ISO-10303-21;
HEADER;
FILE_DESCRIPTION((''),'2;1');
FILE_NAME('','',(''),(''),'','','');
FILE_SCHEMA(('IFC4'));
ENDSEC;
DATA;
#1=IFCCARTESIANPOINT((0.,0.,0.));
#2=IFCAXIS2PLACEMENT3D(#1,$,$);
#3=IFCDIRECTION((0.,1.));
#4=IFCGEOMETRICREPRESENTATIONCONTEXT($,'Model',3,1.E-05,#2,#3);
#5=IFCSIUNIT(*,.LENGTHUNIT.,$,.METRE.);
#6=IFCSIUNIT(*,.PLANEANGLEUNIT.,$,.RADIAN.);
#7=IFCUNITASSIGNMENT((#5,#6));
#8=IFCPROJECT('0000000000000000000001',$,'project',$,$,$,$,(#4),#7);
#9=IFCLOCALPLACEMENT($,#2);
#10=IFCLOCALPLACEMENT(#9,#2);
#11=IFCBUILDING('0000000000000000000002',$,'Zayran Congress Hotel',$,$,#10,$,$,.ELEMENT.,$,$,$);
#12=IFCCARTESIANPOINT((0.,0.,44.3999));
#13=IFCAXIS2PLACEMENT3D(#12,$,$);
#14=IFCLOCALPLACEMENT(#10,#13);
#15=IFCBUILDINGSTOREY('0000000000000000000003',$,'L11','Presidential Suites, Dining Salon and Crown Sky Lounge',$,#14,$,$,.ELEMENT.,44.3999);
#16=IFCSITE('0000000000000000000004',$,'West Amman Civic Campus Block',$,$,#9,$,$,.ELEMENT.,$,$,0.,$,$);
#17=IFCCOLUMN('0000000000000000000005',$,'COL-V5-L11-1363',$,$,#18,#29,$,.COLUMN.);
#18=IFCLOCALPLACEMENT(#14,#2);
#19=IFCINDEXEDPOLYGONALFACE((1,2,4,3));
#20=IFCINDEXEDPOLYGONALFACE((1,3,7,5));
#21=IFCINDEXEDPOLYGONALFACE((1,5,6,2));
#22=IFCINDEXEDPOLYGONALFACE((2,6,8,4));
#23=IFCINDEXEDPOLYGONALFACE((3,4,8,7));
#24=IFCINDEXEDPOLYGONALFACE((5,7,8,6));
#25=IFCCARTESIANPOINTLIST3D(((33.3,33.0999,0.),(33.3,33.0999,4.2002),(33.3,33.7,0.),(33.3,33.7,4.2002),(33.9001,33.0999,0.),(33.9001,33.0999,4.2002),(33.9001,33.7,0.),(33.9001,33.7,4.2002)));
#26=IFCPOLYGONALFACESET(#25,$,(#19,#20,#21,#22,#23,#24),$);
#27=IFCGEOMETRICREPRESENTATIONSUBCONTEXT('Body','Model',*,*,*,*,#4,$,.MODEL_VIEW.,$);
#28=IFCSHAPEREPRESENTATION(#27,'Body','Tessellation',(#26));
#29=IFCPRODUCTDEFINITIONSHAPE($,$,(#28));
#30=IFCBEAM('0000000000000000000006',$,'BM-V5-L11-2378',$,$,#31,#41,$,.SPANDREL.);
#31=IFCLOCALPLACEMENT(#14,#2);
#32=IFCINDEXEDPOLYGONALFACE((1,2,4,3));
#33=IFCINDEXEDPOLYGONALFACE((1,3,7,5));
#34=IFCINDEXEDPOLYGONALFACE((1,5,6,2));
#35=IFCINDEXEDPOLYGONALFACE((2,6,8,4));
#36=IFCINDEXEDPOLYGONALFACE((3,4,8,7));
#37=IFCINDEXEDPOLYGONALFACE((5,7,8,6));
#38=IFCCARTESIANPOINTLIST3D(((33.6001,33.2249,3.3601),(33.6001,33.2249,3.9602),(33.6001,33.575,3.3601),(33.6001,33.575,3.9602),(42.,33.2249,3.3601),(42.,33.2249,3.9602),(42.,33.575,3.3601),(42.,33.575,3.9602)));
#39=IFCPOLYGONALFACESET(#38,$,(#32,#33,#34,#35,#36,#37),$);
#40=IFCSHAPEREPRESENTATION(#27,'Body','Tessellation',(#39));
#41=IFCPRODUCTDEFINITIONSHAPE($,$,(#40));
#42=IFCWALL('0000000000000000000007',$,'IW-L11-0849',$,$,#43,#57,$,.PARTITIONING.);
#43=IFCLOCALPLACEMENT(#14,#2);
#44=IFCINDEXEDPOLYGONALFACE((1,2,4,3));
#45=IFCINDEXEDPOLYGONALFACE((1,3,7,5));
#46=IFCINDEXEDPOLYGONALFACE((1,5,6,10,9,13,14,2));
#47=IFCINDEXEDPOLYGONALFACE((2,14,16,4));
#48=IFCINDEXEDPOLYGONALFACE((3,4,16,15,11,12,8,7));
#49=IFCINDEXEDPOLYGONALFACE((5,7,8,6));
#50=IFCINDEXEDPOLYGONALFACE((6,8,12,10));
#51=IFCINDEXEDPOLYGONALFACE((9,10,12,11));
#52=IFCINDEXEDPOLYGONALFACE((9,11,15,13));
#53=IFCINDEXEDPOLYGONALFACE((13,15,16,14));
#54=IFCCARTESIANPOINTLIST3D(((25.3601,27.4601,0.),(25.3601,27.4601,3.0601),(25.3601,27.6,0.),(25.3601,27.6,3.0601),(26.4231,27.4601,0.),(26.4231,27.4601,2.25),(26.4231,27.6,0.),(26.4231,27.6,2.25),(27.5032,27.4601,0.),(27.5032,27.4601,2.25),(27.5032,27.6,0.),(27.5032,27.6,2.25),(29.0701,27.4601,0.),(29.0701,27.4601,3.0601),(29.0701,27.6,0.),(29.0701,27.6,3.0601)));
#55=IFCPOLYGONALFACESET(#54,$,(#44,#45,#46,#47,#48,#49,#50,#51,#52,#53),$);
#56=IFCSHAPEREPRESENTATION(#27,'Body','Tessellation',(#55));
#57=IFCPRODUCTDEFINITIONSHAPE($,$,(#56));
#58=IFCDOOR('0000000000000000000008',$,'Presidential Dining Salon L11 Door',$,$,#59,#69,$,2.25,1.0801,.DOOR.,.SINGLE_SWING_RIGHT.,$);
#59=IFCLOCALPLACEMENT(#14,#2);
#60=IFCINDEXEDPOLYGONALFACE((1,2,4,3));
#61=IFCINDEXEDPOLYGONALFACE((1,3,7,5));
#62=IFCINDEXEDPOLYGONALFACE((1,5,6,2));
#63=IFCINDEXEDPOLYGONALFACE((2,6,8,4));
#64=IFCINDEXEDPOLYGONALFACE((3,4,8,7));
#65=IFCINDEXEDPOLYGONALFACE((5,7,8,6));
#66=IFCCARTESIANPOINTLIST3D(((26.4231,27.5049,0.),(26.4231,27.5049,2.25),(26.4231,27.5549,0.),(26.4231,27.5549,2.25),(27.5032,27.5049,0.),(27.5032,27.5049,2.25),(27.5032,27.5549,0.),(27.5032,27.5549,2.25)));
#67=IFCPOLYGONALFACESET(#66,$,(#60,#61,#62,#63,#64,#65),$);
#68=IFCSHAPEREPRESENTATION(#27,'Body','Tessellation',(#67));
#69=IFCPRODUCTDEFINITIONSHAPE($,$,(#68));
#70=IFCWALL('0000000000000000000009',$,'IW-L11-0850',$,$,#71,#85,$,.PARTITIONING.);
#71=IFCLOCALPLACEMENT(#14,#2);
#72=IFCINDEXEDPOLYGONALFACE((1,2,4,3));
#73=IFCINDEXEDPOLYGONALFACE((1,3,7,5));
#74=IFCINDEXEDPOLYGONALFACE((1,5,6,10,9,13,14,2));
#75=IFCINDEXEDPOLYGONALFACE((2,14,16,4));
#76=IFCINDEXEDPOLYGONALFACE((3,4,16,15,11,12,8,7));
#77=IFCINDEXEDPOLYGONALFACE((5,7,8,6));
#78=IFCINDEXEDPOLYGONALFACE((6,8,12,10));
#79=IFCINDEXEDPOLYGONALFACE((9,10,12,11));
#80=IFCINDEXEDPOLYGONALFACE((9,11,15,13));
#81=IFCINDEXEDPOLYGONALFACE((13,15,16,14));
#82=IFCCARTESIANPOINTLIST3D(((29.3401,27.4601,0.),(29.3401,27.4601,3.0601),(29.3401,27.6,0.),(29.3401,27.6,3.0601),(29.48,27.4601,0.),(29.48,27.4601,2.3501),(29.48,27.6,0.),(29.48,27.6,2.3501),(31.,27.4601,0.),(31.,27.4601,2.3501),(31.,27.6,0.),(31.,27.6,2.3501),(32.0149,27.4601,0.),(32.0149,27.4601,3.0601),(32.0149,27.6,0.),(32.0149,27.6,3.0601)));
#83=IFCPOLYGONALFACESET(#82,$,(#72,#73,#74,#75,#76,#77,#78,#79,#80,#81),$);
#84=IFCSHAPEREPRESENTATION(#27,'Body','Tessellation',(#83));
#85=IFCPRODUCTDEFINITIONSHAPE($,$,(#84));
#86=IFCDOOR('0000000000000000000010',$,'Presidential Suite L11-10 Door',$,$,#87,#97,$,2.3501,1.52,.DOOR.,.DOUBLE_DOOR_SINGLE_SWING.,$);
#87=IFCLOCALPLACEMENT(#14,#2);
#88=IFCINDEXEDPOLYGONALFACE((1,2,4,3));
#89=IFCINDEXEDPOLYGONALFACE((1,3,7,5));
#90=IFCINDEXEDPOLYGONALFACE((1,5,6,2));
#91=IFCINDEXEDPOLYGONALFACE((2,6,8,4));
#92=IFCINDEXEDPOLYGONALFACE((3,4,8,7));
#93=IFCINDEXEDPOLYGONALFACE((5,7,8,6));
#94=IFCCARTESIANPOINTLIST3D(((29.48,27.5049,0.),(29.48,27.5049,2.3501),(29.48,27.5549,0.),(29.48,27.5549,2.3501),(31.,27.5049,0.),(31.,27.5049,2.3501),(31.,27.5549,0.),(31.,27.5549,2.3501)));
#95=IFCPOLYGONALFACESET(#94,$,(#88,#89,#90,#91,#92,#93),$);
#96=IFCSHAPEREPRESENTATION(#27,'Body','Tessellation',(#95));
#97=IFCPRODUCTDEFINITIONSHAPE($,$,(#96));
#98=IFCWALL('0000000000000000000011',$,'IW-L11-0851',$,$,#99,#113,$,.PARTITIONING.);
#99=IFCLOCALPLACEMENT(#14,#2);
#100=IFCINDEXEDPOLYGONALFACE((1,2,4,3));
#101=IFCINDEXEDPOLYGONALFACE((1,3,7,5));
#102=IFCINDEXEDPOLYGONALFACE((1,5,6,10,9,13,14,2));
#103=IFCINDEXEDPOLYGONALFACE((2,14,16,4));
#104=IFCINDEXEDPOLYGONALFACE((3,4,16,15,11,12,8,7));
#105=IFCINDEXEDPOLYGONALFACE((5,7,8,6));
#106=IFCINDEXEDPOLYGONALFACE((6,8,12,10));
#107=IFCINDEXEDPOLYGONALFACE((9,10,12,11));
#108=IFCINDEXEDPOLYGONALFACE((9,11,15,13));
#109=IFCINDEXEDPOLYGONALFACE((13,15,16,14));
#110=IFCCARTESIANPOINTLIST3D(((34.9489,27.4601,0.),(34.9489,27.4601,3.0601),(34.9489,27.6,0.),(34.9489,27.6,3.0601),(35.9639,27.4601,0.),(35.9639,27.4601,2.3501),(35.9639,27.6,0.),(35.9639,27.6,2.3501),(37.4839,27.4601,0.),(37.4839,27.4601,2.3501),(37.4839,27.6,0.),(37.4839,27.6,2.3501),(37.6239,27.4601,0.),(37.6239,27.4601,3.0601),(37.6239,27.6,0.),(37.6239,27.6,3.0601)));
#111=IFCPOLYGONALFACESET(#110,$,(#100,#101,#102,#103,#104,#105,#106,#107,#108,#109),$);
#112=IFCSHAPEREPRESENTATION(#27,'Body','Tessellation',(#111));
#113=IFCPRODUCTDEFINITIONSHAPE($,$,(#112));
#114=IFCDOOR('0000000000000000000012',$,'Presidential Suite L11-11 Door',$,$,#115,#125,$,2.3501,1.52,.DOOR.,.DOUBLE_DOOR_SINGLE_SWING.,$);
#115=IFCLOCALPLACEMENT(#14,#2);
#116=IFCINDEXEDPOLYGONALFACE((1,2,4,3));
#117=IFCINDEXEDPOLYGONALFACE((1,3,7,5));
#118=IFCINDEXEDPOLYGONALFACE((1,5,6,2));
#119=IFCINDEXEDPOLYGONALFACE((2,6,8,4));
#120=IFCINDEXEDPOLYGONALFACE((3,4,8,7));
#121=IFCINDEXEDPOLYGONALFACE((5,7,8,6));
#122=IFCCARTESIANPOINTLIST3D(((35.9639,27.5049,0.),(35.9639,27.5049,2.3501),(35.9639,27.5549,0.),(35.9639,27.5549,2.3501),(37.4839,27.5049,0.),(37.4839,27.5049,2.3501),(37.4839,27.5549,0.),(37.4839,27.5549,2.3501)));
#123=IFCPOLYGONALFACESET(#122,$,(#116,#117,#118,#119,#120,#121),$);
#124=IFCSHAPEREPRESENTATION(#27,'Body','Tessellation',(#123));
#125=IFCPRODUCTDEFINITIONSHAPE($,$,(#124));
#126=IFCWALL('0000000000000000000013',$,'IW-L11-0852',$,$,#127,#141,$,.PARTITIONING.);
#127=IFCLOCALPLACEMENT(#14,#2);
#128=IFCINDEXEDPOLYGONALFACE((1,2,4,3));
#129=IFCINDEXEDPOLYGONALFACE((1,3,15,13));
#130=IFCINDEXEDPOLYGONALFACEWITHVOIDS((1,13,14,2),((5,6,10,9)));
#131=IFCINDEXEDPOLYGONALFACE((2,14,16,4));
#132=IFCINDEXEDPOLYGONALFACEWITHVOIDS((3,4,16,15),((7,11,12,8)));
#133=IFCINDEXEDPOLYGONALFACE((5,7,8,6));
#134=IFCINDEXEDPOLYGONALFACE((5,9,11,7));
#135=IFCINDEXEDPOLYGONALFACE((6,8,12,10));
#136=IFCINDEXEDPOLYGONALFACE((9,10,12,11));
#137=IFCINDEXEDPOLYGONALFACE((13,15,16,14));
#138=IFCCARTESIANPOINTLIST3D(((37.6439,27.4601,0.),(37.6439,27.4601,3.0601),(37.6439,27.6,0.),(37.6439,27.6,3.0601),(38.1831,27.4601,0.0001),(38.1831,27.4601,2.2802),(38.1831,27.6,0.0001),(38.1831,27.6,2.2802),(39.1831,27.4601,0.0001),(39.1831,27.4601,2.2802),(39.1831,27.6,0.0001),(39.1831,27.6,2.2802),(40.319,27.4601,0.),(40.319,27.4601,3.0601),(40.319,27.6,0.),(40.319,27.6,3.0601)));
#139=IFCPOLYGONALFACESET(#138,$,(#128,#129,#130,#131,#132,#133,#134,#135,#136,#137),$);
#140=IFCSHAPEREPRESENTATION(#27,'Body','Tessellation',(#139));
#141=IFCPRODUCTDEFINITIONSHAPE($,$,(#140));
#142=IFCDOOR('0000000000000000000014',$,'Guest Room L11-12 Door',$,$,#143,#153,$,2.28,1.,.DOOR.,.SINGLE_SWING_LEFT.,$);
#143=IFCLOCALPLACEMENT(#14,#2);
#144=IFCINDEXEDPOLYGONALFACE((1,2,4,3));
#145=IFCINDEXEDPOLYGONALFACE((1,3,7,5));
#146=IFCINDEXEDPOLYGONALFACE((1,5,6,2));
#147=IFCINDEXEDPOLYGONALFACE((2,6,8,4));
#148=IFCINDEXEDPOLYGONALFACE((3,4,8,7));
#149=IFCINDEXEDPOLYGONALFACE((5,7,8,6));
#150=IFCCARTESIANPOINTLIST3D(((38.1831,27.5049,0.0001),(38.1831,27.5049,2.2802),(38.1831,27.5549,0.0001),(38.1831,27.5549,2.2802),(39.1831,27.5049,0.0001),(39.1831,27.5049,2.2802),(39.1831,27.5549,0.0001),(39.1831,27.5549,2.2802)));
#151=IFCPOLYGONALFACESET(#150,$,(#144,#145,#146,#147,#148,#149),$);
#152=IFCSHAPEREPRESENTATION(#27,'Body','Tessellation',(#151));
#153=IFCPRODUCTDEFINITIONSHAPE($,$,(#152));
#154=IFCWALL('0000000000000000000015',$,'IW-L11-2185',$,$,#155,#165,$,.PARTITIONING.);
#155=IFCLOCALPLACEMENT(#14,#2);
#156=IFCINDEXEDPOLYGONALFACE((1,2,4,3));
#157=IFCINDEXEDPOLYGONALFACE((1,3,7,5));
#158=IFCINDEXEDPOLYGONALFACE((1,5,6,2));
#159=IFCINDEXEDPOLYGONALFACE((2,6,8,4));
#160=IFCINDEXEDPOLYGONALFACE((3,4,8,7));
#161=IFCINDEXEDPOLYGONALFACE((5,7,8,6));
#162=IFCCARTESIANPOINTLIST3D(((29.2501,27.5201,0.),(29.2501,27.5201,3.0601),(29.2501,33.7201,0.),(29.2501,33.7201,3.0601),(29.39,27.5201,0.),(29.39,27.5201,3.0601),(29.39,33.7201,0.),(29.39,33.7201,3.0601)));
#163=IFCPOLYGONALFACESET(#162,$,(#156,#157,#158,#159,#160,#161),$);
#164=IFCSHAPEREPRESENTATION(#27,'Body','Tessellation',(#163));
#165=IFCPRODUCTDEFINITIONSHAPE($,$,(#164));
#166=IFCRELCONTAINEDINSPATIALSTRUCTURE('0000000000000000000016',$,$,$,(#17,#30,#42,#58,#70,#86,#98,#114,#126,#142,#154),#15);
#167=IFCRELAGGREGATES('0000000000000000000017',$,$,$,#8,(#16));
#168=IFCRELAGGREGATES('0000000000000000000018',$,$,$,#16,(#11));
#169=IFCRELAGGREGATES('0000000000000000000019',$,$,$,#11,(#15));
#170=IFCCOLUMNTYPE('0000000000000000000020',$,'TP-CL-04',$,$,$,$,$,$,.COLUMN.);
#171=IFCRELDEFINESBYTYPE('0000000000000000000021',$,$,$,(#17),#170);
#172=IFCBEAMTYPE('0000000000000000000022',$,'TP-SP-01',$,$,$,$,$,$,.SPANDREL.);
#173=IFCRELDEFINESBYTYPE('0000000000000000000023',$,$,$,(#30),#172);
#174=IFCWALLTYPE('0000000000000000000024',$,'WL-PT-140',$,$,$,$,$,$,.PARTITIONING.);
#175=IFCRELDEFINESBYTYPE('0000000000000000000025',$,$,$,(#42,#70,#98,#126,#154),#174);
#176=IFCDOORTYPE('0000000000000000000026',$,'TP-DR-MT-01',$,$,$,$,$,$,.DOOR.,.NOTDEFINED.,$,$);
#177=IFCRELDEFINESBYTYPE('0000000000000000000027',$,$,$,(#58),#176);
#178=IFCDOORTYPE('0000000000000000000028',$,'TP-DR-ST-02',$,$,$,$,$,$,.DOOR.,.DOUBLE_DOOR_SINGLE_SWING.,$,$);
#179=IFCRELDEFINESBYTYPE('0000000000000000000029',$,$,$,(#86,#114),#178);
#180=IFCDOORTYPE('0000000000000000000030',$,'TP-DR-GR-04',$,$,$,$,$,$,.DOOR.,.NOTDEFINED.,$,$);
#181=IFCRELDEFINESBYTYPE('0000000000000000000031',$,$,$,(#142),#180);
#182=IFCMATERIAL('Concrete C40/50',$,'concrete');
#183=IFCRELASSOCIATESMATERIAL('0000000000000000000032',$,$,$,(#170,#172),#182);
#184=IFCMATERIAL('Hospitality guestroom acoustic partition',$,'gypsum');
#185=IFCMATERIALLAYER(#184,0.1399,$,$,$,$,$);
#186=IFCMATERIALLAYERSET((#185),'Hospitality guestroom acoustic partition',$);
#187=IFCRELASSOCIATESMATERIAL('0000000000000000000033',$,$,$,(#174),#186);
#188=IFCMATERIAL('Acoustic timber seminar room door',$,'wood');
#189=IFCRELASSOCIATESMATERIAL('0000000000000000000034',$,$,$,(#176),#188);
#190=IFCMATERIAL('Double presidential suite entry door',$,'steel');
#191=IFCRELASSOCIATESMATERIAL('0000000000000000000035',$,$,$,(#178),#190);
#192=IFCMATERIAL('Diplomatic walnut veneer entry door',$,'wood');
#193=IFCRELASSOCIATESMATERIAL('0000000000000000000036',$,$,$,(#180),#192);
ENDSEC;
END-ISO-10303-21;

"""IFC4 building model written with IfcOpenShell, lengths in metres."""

from ifc_helpers import new_model, si_unit, direction, frame, frame_2d, origin, origin_2d, place, context, subcontext, project, spatial, rectangle, extrude, material, layer, layer_set, material_profile, profile_set, type_object, element, fill, save


model = new_model("IFC4")

# Units and contexts
model_context = context("Model", 3, precision=1e-05, world=origin(), true_north=direction((0.0, 1.0)))
body_context = subcontext(model_context, "Body", "Model", "MODEL_VIEW")
ifc_project = project(units=[si_unit("LENGTHUNIT", "METRE"), si_unit("PLANEANGLEUNIT", "RADIAN")], contexts=[model_context])

# Site, building, storey
site_placement = place(None, origin())
site = spatial("IfcSite", under=ifc_project, at=site_placement, Name="West Amman Civic Campus Block", CompositionType="ELEMENT", RefElevation=0.0)
building_placement = place(site_placement, origin())
building = spatial("IfcBuilding", under=site, at=building_placement, Name="Zayran Congress Hotel", CompositionType="ELEMENT")
storey_placement = place(building_placement, frame((0.0, 0.0, 44.3999)))
storey = spatial("IfcBuildingStorey", under=building, at=storey_placement, Name="L11", Description="Presidential Suites, Dining Salon and Crown Sky Lounge", CompositionType="ELEMENT", Elevation=44.3999)

# Column
ifc_material_1 = material(Name="Concrete C40/50", Category="concrete")
ifc_material_profile_1 = material_profile(ifc_material_1, rectangle(XDim=0.6001, YDim=0.6001, at=origin_2d()), Name="RC 600x600")
ifc_profile_set_1 = profile_set([ifc_material_profile_1], Name="Concrete C40/50")
column_type = type_object("IfcColumnType", Name="TP-CL-04", PredefinedType="COLUMN", material=ifc_profile_set_1)
column_placement = place(storey_placement, frame((33.6001, 33.3999, 0.0), z_axis=(0.0, 0.0, 1.0), x_axis=(1.0, 0.0, 0.0)))
element("IfcColumn", 1, at=column_placement, inside=storey, type_object=column_type, Name="COL-V5-L11-1363", PredefinedType="COLUMN", context=body_context, shape_type="SweptSolid", body=[
    extrude(rectangle(XDim=0.6001, YDim=0.6001, at=origin_2d()), origin(), (0.0, 0.0, 1.0), 4.2002),
])

# Beam
ifc_material_profile_2 = material_profile(ifc_material_1, rectangle(XDim=0.3501, YDim=0.6001, at=origin_2d()), Name="RC 350x600")
ifc_profile_set_2 = profile_set([ifc_material_profile_2], Name="Concrete C40/50")
beam_type = type_object("IfcBeamType", Name="TP-SP-01", PredefinedType="SPANDREL", material=ifc_profile_set_2)
beam_placement = place(storey_placement, frame((33.6001, 33.3999, 3.6602), z_axis=(1.0, 0.0, 0.0), x_axis=(0.0, 1.0, 0.0)))
element("IfcBeam", 2, at=beam_placement, inside=storey, type_object=beam_type, Name="BM-V5-L11-2378", PredefinedType="SPANDREL", context=body_context, shape_type="SweptSolid", body=[
    extrude(rectangle(XDim=0.3501, YDim=0.6001, at=origin_2d()), origin(), (0.0, 0.0, 1.0), 8.3999),
])

# Walls, openings, doors
ifc_material_2 = material(Name="Hospitality guestroom acoustic partition", Category="gypsum")
ifc_layer_1 = layer(ifc_material_2, 0.1399)
ifc_layer_set_1 = layer_set([ifc_layer_1], Name="Hospitality guestroom acoustic partition")
wall_type_1 = type_object("IfcWallType", Name="WL-PT-140", PredefinedType="PARTITIONING", material=ifc_layer_set_1)
wall_1_placement = place(storey_placement, frame((25.3601, 27.53, 0.0), z_axis=(0.0, 0.0, 1.0), x_axis=(1.0, 0.0, 0.0)))
wall_1 = element("IfcWall", 3, at=wall_1_placement, inside=storey, type_object=wall_type_1, Name="IW-L11-0849", PredefinedType="PARTITIONING", context=body_context, shape_type="SweptSolid", body=[
    extrude(rectangle(XDim=3.71, YDim=0.1399, at=frame_2d((1.855, 0.0))), origin(), (0.0, 0.0, 1.0), 3.0601),
])
opening_1_placement = place(wall_1_placement, frame((1.063, 0.0, 0.0)))
opening_1 = element("IfcOpeningElement", 4, at=opening_1_placement, cuts=wall_1, PredefinedType="OPENING", context=body_context, shape_type="SweptSolid", body=[
    extrude(rectangle(XDim=1.0801, YDim=2.25, at=frame_2d((0.54, 1.125))), frame((0.0, 0.0798, 0.0), z_axis=(0.0, -1.0, 0.0), x_axis=(1.0, 0.0, 0.0)), (0.0, 0.0, 1.0), 0.1599),
])
ifc_material_3 = material(Name="Acoustic timber seminar room door", Category="wood")
door_type_1 = type_object("IfcDoorType", Name="TP-DR-MT-01", OperationType="NOTDEFINED", PredefinedType="DOOR", material=ifc_material_3)
door_1_placement = place(opening_1_placement, origin())
door_1 = element("IfcDoor", 5, at=door_1_placement, inside=storey, type_object=door_type_1, Name="Presidential Dining Salon L11 Door", OperationType="SINGLE_SWING_RIGHT", OverallHeight=2.25, OverallWidth=1.0801, PredefinedType="DOOR", context=body_context, shape_type="SweptSolid", body=[
    extrude(rectangle(XDim=1.0801, YDim=2.25, at=frame_2d((0.54, 1.125))), frame((0.0, 0.0249, 0.0), z_axis=(0.0, -1.0, 0.0), x_axis=(1.0, 0.0, 0.0)), (0.0, 0.0, 1.0), 0.05),
])
fill(opening_1, door_1)
wall_2_placement = place(storey_placement, frame((29.3401, 27.53, 0.0), z_axis=(0.0, 0.0, 1.0), x_axis=(1.0, 0.0, 0.0)))
wall_2 = element("IfcWall", 6, at=wall_2_placement, inside=storey, type_object=wall_type_1, Name="IW-L11-0850", PredefinedType="PARTITIONING", context=body_context, shape_type="SweptSolid", body=[
    extrude(rectangle(XDim=2.6748, YDim=0.1399, at=frame_2d((1.3374, 0.0))), origin(), (0.0, 0.0, 1.0), 3.0601),
])
opening_2_placement = place(wall_2_placement, frame((0.1399, 0.0, 0.0)))
opening_2 = element("IfcOpeningElement", 7, at=opening_2_placement, cuts=wall_2, PredefinedType="OPENING", context=body_context, shape_type="SweptSolid", body=[
    extrude(rectangle(XDim=1.52, YDim=2.3501, at=frame_2d((0.76, 1.175))), frame((0.0, 0.0798, 0.0), z_axis=(0.0, -1.0, 0.0), x_axis=(1.0, 0.0, 0.0)), (0.0, 0.0, 1.0), 0.1599),
])
ifc_material_4 = material(Name="Double presidential suite entry door", Category="steel")
door_type_2 = type_object("IfcDoorType", Name="TP-DR-ST-02", OperationType="DOUBLE_DOOR_SINGLE_SWING", PredefinedType="DOOR", material=ifc_material_4)
door_2_placement = place(opening_2_placement, origin())
door_2 = element("IfcDoor", 8, at=door_2_placement, inside=storey, type_object=door_type_2, Name="Presidential Suite L11-10 Door", OperationType="DOUBLE_DOOR_SINGLE_SWING", OverallHeight=2.3501, OverallWidth=1.52, PredefinedType="DOOR", context=body_context, shape_type="SweptSolid", body=[
    extrude(rectangle(XDim=1.52, YDim=2.3501, at=frame_2d((0.76, 1.175))), frame((0.0, 0.0249, 0.0), z_axis=(0.0, -1.0, 0.0), x_axis=(1.0, 0.0, 0.0)), (0.0, 0.0, 1.0), 0.05),
])
fill(opening_2, door_2)
wall_3_placement = place(storey_placement, frame((34.949, 27.53, 0.0), z_axis=(0.0, 0.0, 1.0), x_axis=(1.0, 0.0, 0.0)))
wall_3 = element("IfcWall", 9, at=wall_3_placement, inside=storey, type_object=wall_type_1, Name="IW-L11-0851", PredefinedType="PARTITIONING", context=body_context, shape_type="SweptSolid", body=[
    extrude(rectangle(XDim=2.675, YDim=0.1399, at=frame_2d((1.3374, 0.0))), origin(), (0.0, 0.0, 1.0), 3.0601),
])
opening_3_placement = place(wall_3_placement, frame((1.0149, 0.0, 0.0)))
opening_3 = element("IfcOpeningElement", 10, at=opening_3_placement, cuts=wall_3, PredefinedType="OPENING", context=body_context, shape_type="SweptSolid", body=[
    extrude(rectangle(XDim=1.52, YDim=2.3501, at=frame_2d((0.76, 1.175))), frame((0.0, 0.0798, 0.0), z_axis=(0.0, -1.0, 0.0), x_axis=(1.0, 0.0, 0.0)), (0.0, 0.0, 1.0), 0.1599),
])
door_3_placement = place(opening_3_placement, origin())
door_3 = element("IfcDoor", 11, at=door_3_placement, inside=storey, type_object=door_type_2, Name="Presidential Suite L11-11 Door", OperationType="DOUBLE_DOOR_SINGLE_SWING", OverallHeight=2.3501, OverallWidth=1.52, PredefinedType="DOOR", context=body_context, shape_type="SweptSolid", body=[
    extrude(rectangle(XDim=1.52, YDim=2.3501, at=frame_2d((0.76, 1.175))), frame((0.0, 0.0249, 0.0), z_axis=(0.0, -1.0, 0.0), x_axis=(1.0, 0.0, 0.0)), (0.0, 0.0, 1.0), 0.05),
])
fill(opening_3, door_3)
wall_4_placement = place(storey_placement, frame((37.644, 27.53, 0.0), z_axis=(0.0, 0.0, 1.0), x_axis=(1.0, 0.0, 0.0)))
wall_4 = element("IfcWall", 12, at=wall_4_placement, inside=storey, type_object=wall_type_1, Name="IW-L11-0852", PredefinedType="PARTITIONING", context=body_context, shape_type="SweptSolid", body=[
    extrude(rectangle(XDim=2.675, YDim=0.1399, at=frame_2d((1.3374, 0.0))), origin(), (0.0, 0.0, 1.0), 3.0601),
])
opening_4_placement = place(wall_4_placement, frame((0.5391, 0.0, 0.0)))
opening_4 = element("IfcOpeningElement", 13, at=opening_4_placement, cuts=wall_4, PredefinedType="OPENING", context=body_context, shape_type="SweptSolid", body=[
    extrude(rectangle(XDim=1.0, YDim=2.28, at=frame_2d((0.5, 1.1401))), frame((0.0, 0.0798, 0.0), z_axis=(0.0, -1.0, 0.0), x_axis=(1.0, 0.0, 0.0)), (0.0, 0.0, 1.0), 0.1599),
])
ifc_material_5 = material(Name="Diplomatic walnut veneer entry door", Category="wood")
door_type_3 = type_object("IfcDoorType", Name="TP-DR-GR-04", OperationType="NOTDEFINED", PredefinedType="DOOR", material=ifc_material_5)
door_4_placement = place(opening_4_placement, origin())
door_4 = element("IfcDoor", 14, at=door_4_placement, inside=storey, type_object=door_type_3, Name="Guest Room L11-12 Door", OperationType="SINGLE_SWING_LEFT", OverallHeight=2.28, OverallWidth=1.0, PredefinedType="DOOR", context=body_context, shape_type="SweptSolid", body=[
    extrude(rectangle(XDim=1.0, YDim=2.28, at=frame_2d((0.5, 1.1401))), frame((0.0, 0.0249, 0.0), z_axis=(0.0, -1.0, 0.0), x_axis=(1.0, 0.0, 0.0)), (0.0, 0.0, 1.0), 0.05),
])
fill(opening_4, door_4)

# Wall
for number, where, z_axis, x_axis, name in (
    (15, (29.3201, 27.52, 0.0), (0.0, 0.0, 1.0), (0.0, 1.0, 0.0), "IW-L11-2185"),
):
    element("IfcWall", number, at=place(storey_placement, frame(where, z_axis=z_axis, x_axis=x_axis)), inside=storey, type_object=wall_type_1, Name=name, PredefinedType="PARTITIONING", context=body_context, shape_type="SweptSolid", body=[
        extrude(rectangle(XDim=6.2, YDim=0.1399, at=frame_2d((3.1001, 0.0))), origin(), (0.0, 0.0, 1.0), 3.0601),
    ])

save(model, "model.ifc")
